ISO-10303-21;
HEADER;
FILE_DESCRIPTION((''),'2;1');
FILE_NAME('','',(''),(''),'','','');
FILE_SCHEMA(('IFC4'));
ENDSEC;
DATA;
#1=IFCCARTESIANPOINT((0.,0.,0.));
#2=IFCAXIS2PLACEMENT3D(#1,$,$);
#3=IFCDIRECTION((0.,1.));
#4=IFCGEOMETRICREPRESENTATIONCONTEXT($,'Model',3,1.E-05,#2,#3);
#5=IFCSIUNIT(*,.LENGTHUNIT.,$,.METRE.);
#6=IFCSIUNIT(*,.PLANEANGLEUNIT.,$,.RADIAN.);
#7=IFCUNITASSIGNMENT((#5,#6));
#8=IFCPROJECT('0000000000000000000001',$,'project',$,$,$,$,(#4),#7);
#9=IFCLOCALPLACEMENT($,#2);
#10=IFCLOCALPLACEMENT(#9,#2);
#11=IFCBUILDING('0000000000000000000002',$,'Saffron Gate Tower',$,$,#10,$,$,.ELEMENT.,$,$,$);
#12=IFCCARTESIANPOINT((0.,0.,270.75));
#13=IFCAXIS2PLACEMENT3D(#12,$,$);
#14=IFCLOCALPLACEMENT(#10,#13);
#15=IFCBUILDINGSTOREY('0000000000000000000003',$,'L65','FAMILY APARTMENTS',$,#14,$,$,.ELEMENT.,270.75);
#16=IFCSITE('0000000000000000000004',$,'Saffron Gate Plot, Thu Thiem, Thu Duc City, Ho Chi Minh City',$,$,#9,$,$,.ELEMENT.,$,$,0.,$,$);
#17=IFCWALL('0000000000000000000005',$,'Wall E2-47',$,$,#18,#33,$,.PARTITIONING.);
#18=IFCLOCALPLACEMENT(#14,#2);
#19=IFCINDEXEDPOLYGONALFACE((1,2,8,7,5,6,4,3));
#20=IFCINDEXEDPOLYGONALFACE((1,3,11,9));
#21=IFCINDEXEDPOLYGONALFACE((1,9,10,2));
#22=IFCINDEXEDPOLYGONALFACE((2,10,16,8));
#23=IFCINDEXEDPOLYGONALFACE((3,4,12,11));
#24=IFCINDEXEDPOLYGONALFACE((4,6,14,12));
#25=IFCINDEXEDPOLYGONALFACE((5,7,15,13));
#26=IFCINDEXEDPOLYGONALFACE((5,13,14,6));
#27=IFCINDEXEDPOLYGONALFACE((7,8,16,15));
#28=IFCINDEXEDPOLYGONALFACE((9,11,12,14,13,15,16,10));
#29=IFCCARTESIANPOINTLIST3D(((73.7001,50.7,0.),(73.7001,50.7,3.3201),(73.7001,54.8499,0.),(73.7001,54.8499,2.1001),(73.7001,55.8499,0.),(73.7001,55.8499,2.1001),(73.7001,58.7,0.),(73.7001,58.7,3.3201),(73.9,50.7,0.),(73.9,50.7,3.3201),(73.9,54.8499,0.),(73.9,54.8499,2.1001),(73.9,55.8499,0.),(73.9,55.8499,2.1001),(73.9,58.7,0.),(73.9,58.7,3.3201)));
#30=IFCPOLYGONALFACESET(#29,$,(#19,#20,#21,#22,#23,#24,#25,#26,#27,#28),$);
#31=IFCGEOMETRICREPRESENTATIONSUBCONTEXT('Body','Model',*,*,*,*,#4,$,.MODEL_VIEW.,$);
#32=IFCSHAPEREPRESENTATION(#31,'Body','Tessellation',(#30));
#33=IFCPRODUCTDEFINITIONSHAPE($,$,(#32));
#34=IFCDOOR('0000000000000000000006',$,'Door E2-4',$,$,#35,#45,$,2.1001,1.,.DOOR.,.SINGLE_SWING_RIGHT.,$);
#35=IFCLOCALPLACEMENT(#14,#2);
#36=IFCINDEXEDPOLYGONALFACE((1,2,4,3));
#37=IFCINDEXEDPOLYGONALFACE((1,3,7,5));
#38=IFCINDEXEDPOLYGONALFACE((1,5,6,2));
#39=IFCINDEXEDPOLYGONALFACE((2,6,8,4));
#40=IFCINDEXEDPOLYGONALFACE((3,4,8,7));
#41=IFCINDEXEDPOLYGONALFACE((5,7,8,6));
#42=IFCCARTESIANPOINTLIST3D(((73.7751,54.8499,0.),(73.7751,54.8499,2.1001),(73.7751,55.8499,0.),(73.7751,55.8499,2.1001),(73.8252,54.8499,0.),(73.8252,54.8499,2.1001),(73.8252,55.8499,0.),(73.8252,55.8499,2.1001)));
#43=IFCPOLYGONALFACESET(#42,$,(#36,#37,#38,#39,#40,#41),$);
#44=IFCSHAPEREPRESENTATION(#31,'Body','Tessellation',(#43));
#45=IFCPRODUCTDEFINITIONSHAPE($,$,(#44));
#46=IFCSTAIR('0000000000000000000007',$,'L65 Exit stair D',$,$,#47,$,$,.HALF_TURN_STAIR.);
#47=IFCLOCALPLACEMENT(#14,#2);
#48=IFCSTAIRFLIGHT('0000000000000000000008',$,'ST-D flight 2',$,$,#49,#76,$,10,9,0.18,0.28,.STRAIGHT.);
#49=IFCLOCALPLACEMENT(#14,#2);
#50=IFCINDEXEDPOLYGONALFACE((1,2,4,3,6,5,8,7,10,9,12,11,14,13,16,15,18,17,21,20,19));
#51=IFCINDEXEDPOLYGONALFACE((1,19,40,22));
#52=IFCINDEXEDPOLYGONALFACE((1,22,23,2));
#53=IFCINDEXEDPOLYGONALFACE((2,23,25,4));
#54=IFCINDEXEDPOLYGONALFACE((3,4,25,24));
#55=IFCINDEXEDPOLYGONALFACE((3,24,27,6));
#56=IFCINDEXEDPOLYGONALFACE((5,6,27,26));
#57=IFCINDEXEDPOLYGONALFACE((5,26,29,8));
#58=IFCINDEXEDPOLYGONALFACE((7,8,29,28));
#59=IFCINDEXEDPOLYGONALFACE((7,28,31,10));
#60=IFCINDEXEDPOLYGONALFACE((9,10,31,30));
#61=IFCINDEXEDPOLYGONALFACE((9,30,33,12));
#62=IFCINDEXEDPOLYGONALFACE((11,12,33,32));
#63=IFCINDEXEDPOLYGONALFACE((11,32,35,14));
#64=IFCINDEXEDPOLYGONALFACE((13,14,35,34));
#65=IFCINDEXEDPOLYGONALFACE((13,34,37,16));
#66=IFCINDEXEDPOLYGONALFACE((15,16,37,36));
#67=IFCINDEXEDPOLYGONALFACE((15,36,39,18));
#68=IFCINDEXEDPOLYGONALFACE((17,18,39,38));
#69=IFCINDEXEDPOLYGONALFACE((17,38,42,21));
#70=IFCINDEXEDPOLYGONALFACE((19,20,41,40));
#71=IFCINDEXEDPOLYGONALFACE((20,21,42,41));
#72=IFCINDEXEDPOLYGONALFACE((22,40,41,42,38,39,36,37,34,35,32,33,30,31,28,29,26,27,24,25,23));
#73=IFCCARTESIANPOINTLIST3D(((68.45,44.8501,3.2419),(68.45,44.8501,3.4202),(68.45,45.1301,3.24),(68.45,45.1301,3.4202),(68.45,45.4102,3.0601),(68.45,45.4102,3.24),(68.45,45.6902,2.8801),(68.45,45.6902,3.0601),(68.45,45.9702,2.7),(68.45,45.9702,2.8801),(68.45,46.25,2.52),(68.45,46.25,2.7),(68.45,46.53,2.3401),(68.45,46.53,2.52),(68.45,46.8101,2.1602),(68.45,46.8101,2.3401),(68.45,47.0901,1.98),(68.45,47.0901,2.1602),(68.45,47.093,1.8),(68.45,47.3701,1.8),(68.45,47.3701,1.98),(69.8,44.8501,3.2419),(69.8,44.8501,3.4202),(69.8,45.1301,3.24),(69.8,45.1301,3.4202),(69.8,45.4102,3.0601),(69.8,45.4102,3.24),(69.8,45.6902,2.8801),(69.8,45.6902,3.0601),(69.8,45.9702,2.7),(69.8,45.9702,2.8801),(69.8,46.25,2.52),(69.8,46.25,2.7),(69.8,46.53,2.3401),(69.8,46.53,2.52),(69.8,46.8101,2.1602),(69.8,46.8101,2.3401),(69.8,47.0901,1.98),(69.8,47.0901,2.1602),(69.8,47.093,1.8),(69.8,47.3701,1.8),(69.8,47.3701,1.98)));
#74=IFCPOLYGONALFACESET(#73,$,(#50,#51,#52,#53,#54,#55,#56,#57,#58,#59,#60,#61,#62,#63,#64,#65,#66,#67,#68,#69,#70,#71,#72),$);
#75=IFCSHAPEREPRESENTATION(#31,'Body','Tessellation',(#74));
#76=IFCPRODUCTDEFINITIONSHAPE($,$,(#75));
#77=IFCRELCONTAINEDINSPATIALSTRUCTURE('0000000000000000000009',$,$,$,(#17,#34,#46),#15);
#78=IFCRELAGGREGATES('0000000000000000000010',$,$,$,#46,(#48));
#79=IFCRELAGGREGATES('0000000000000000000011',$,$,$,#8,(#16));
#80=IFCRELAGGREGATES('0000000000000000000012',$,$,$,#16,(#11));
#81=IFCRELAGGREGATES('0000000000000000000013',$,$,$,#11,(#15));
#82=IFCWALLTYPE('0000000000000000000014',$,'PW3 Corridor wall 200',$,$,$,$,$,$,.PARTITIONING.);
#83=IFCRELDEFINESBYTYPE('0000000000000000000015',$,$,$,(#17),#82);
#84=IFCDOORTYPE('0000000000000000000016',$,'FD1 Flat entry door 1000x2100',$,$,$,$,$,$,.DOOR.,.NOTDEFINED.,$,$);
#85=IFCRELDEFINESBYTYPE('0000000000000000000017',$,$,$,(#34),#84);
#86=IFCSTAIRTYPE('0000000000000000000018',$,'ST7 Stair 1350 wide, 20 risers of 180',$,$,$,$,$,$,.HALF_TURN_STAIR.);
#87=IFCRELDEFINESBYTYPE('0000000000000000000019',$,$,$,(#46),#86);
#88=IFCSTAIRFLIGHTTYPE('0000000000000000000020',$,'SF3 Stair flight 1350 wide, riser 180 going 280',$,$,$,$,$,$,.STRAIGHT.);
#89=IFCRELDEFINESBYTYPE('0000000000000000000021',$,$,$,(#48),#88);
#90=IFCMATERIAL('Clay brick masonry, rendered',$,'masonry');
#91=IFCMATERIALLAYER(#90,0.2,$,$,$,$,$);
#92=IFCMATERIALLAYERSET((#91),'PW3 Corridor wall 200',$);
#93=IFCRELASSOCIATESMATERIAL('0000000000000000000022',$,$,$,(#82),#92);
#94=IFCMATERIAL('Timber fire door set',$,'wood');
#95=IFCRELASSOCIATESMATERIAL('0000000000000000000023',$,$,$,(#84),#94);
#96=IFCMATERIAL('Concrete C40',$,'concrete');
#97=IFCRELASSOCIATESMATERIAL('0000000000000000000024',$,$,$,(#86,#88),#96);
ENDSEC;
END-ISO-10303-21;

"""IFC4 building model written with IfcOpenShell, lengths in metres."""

from ifc_helpers import new_model, si_unit, direction, frame, frame_2d, origin, place, context, subcontext, project, spatial, polyline, rectangle, outline, extrude, material, layer, layer_set, type_object, element, fill, aggregate, save


model = new_model("IFC4")

# Units and contexts
model_context = context("Model", 3, precision=1e-05, world=origin(), true_north=direction((0.0, 1.0)))
body_context = subcontext(model_context, "Body", "Model", "MODEL_VIEW")
ifc_project = project(units=[si_unit("LENGTHUNIT", "METRE"), si_unit("PLANEANGLEUNIT", "RADIAN")], contexts=[model_context])

# Site, building, storey
site_placement = place(None, origin())
site = spatial("IfcSite", under=ifc_project, at=site_placement, Name="Saffron Gate Plot, Thu Thiem, Thu Duc City, Ho Chi Minh City", CompositionType="ELEMENT", RefElevation=0.0)
building_placement = place(site_placement, origin())
building = spatial("IfcBuilding", under=site, at=building_placement, Name="Saffron Gate Tower", CompositionType="ELEMENT")
storey_placement = place(building_placement, frame((0.0, 0.0, 270.75)))
storey = spatial("IfcBuildingStorey", under=building, at=storey_placement, Name="L65", Description="FAMILY APARTMENTS", CompositionType="ELEMENT", Elevation=270.75)

# Wall, opening, door
ifc_material_1 = material(Name="Clay brick masonry, rendered", Category="masonry")
ifc_layer_1 = layer(ifc_material_1, 0.2)
ifc_layer_set_1 = layer_set([ifc_layer_1], Name="PW3 Corridor wall 200")
wall_type_1 = type_object("IfcWallType", Name="PW3 Corridor wall 200", PredefinedType="PARTITIONING", material=ifc_layer_set_1)
wall_1_placement = place(storey_placement, frame((73.8, 50.7, 0.0), z_axis=(0.0, 0.0, 1.0), x_axis=(0.0, 1.0, 0.0)))
wall_1 = element("IfcWall", 1, at=wall_1_placement, inside=storey, type_object=wall_type_1, Name="Wall E2-47", PredefinedType="PARTITIONING", context=body_context, shape_type="SweptSolid", body=[
    extrude(rectangle(XDim=8.0, YDim=0.2, at=frame_2d((4.0, 0.0))), origin(), (0.0, 0.0, 1.0), 3.3201),
])
opening_1_placement = place(wall_1_placement, frame((4.1499, 0.0, 0.0)))
opening_1 = element("IfcOpeningElement", 2, at=opening_1_placement, cuts=wall_1, PredefinedType="OPENING", context=body_context, shape_type="SweptSolid", body=[
    extrude(rectangle(XDim=1.0, YDim=2.1001, at=frame_2d((0.5, 1.05))), frame((0.0, 0.1099, 0.0), z_axis=(0.0, -1.0, 0.0), x_axis=(1.0, 0.0, 0.0)), (0.0, 0.0, 1.0), 0.22),
])
ifc_material_2 = material(Name="Timber fire door set", Category="wood")
door_type_1 = type_object("IfcDoorType", Name="FD1 Flat entry door 1000x2100", OperationType="NOTDEFINED", PredefinedType="DOOR", material=ifc_material_2)
door_1_placement = place(opening_1_placement, origin())
door_1 = element("IfcDoor", 3, at=door_1_placement, inside=storey, type_object=door_type_1, Name="Door E2-4", OperationType="SINGLE_SWING_RIGHT", OverallHeight=2.1001, OverallWidth=1.0, PredefinedType="DOOR", context=body_context, shape_type="SweptSolid", body=[
    extrude(rectangle(XDim=1.0, YDim=2.1001, at=frame_2d((0.5, 1.05))), frame((0.0, 0.0249, 0.0), z_axis=(0.0, -1.0, 0.0), x_axis=(1.0, 0.0, 0.0)), (0.0, 0.0, 1.0), 0.05),
])
fill(opening_1, door_1)

# Stair, stair flight
ifc_material_3 = material(Name="Concrete C40", Category="concrete")
stair_type = type_object("IfcStairType", Name="ST7 Stair 1350 wide, 20 risers of 180", PredefinedType="HALF_TURN_STAIR", material=ifc_material_3)
stair_placement = place(storey_placement, origin())
stair = element("IfcStair", 4, at=stair_placement, inside=storey, type_object=stair_type, Name="L65 Exit stair D", PredefinedType="HALF_TURN_STAIR")
stair_flight_type = type_object("IfcStairFlightType", Name="SF3 Stair flight 1350 wide, riser 180 going 280", PredefinedType="STRAIGHT", material=ifc_material_3)
stair_flight_placement = place(storey_placement, frame((69.125, 47.3701, 1.8), z_axis=(0.0, 0.0, 1.0), x_axis=(0.0, -1.0, 0.0)))
stair_flight = element("IfcStairFlight", 5, at=stair_flight_placement, type_object=stair_flight_type, Name="ST-D flight 2", NumberOfRisers=10, NumberOfTreads=9, PredefinedType="STRAIGHT", RiserHeight=0.18, TreadLength=0.28, context=body_context, shape_type="SweptSolid", body=[
    extrude(outline(polyline([(0.0, 0.0), (0.0, 0.1799), (0.28, 0.1799), (0.28, 0.3601), (0.5601, 0.3601), (0.5601, 0.54), (0.8401, 0.54), (0.8401, 0.72), (1.1201, 0.72), (1.1201, 0.8999), (1.3999, 0.8999), (1.3999, 1.0801), (1.6799, 1.0801), (1.6799, 1.26), (1.96, 1.26), (1.96, 1.4399), (2.24, 1.4399), (2.24, 1.6201), (2.52, 1.6201), (2.52, 1.8), (2.52, 1.4419), (0.2771, 0.0), (0.0, 0.0)])), frame((0.0, 0.675, 0.0), z_axis=(0.0, -1.0, 0.0), x_axis=(1.0, 0.0, 0.0)), (0.0, 0.0, 1.0), 1.3501),
])
aggregate(stair, [stair_flight])

save(model, "model.ifc")
